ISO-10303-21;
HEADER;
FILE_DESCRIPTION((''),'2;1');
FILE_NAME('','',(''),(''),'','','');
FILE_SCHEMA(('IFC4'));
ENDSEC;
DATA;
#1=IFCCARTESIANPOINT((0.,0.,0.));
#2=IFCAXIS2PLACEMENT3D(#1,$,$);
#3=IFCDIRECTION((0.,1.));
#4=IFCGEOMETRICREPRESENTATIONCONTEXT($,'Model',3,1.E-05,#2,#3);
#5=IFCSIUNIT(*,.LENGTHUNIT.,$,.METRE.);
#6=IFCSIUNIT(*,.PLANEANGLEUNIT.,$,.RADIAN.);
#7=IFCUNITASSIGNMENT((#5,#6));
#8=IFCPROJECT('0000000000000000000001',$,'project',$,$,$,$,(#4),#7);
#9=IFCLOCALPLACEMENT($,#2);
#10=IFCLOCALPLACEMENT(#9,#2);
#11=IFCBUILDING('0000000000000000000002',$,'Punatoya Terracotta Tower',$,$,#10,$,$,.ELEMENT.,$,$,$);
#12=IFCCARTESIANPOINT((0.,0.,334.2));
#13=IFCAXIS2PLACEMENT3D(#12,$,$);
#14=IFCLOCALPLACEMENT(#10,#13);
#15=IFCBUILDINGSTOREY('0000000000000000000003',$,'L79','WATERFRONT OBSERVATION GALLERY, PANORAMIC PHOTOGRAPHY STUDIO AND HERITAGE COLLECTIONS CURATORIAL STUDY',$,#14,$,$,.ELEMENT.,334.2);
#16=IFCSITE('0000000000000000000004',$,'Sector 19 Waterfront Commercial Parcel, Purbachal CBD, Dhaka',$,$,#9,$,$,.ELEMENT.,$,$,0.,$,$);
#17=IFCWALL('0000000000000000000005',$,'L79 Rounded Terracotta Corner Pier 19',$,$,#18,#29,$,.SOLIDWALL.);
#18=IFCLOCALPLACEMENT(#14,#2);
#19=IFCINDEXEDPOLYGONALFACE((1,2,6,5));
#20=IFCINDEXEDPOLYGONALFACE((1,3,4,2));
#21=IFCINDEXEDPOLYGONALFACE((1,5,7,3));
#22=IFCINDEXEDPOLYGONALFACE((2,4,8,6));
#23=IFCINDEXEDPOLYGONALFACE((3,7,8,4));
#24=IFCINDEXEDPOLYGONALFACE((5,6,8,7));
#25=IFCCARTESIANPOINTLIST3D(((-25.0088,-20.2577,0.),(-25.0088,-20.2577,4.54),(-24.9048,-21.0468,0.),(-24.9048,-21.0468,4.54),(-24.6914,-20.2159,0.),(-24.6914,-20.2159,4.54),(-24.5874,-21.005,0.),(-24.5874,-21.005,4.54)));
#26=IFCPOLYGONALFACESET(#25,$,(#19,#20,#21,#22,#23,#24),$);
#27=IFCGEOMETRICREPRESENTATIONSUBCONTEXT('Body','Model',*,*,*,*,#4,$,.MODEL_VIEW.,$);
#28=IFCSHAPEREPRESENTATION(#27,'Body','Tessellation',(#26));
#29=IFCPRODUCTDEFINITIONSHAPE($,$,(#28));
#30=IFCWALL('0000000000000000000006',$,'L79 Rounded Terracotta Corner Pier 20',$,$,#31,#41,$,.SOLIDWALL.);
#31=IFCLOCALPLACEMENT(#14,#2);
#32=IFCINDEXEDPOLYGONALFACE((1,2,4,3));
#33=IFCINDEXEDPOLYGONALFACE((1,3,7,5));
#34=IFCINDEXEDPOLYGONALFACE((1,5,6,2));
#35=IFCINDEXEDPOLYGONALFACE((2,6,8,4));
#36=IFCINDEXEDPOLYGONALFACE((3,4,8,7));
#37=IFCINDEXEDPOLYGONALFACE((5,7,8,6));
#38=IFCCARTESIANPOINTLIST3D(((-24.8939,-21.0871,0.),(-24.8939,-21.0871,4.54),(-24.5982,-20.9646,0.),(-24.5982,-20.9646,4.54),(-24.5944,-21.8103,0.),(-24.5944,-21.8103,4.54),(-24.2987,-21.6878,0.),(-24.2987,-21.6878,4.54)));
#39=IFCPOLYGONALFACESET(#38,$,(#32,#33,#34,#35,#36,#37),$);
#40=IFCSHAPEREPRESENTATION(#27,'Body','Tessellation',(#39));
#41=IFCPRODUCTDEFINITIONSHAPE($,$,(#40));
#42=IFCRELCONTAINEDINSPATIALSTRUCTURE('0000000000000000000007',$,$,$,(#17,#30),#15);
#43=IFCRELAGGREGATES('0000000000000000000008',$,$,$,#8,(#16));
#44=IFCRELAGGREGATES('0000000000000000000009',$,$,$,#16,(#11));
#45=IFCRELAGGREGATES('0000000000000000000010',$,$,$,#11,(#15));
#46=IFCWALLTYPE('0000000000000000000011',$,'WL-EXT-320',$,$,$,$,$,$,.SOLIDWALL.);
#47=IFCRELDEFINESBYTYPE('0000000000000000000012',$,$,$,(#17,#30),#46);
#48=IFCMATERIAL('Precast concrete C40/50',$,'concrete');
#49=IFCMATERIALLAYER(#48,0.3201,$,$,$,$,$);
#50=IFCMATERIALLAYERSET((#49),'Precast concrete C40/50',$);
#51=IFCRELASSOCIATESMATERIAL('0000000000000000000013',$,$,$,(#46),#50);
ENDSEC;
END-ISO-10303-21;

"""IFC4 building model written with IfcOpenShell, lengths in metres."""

from ifc_helpers import new_model, si_unit, direction, frame, frame_2d, origin, place, context, subcontext, project, spatial, rectangle, extrude, material, layer, layer_set, type_object, element, save


model = new_model("IFC4")

# Units and contexts
model_context = context("Model", 3, precision=1e-05, world=origin(), true_north=direction((0.0, 1.0)))
body_context = subcontext(model_context, "Body", "Model", "MODEL_VIEW")
ifc_project = project(units=[si_unit("LENGTHUNIT", "METRE"), si_unit("PLANEANGLEUNIT", "RADIAN")], contexts=[model_context])

# Site, building, storey
site_placement = place(None, origin())
site = spatial("IfcSite", under=ifc_project, at=site_placement, Name="Sector 19 Waterfront Commercial Parcel, Purbachal CBD, Dhaka", CompositionType="ELEMENT", RefElevation=0.0)
building_placement = place(site_placement, origin())
building = spatial("IfcBuilding", under=site, at=building_placement, Name="Punatoya Terracotta Tower", CompositionType="ELEMENT")
storey_placement = place(building_placement, frame((0.0, 0.0, 334.2)))
storey = spatial("IfcBuildingStorey", under=building, at=storey_placement, Name="L79", Description="WATERFRONT OBSERVATION GALLERY, PANORAMIC PHOTOGRAPHY STUDIO AND HERITAGE COLLECTIONS CURATORIAL STUDY", CompositionType="ELEMENT", Elevation=334.2)

# Walls
ifc_material_1 = material(Name="Precast concrete C40/50", Category="concrete")
ifc_layer_1 = layer(ifc_material_1, 0.3201)
ifc_layer_set_1 = layer_set([ifc_layer_1], Name="Precast concrete C40/50")
wall_type = type_object("IfcWallType", Name="WL-EXT-320", PredefinedType="SOLIDWALL", material=ifc_layer_set_1)
for number, where, z_axis, x_axis, name in (
    (1, (-24.8501, -20.2368, 0.0), (0.0, 0.0, 1.0), (0.130677, -0.991425, 0.0), "L79 Rounded Terracotta Corner Pier 19"),
):
    element("IfcWall", number, at=place(storey_placement, frame(where, z_axis=z_axis, x_axis=x_axis)), inside=storey, type_object=wall_type, Name=name, PredefinedType="SOLIDWALL", context=body_context, shape_type="SweptSolid", body=[
        extrude(rectangle(XDim=0.7959, YDim=0.3201, at=frame_2d((0.3979, 0.0))), origin(), (0.0, 0.0, 1.0), 4.54),
    ])
wall_placement = place(storey_placement, frame((-24.7461, -21.0259, 0.0), z_axis=(0.0, 0.0, 1.0), x_axis=(0.38271, -0.923869, 0.0)))
element("IfcWall", 2, at=wall_placement, inside=storey, type_object=wall_type, Name="L79 Rounded Terracotta Corner Pier 20", PredefinedType="SOLIDWALL", context=body_context, shape_type="SweptSolid", body=[
    extrude(rectangle(XDim=0.7827, YDim=0.3201, at=frame_2d((0.3914, 0.0))), origin(), (0.0, 0.0, 1.0), 4.54),
])

save(model, "model.ifc")
